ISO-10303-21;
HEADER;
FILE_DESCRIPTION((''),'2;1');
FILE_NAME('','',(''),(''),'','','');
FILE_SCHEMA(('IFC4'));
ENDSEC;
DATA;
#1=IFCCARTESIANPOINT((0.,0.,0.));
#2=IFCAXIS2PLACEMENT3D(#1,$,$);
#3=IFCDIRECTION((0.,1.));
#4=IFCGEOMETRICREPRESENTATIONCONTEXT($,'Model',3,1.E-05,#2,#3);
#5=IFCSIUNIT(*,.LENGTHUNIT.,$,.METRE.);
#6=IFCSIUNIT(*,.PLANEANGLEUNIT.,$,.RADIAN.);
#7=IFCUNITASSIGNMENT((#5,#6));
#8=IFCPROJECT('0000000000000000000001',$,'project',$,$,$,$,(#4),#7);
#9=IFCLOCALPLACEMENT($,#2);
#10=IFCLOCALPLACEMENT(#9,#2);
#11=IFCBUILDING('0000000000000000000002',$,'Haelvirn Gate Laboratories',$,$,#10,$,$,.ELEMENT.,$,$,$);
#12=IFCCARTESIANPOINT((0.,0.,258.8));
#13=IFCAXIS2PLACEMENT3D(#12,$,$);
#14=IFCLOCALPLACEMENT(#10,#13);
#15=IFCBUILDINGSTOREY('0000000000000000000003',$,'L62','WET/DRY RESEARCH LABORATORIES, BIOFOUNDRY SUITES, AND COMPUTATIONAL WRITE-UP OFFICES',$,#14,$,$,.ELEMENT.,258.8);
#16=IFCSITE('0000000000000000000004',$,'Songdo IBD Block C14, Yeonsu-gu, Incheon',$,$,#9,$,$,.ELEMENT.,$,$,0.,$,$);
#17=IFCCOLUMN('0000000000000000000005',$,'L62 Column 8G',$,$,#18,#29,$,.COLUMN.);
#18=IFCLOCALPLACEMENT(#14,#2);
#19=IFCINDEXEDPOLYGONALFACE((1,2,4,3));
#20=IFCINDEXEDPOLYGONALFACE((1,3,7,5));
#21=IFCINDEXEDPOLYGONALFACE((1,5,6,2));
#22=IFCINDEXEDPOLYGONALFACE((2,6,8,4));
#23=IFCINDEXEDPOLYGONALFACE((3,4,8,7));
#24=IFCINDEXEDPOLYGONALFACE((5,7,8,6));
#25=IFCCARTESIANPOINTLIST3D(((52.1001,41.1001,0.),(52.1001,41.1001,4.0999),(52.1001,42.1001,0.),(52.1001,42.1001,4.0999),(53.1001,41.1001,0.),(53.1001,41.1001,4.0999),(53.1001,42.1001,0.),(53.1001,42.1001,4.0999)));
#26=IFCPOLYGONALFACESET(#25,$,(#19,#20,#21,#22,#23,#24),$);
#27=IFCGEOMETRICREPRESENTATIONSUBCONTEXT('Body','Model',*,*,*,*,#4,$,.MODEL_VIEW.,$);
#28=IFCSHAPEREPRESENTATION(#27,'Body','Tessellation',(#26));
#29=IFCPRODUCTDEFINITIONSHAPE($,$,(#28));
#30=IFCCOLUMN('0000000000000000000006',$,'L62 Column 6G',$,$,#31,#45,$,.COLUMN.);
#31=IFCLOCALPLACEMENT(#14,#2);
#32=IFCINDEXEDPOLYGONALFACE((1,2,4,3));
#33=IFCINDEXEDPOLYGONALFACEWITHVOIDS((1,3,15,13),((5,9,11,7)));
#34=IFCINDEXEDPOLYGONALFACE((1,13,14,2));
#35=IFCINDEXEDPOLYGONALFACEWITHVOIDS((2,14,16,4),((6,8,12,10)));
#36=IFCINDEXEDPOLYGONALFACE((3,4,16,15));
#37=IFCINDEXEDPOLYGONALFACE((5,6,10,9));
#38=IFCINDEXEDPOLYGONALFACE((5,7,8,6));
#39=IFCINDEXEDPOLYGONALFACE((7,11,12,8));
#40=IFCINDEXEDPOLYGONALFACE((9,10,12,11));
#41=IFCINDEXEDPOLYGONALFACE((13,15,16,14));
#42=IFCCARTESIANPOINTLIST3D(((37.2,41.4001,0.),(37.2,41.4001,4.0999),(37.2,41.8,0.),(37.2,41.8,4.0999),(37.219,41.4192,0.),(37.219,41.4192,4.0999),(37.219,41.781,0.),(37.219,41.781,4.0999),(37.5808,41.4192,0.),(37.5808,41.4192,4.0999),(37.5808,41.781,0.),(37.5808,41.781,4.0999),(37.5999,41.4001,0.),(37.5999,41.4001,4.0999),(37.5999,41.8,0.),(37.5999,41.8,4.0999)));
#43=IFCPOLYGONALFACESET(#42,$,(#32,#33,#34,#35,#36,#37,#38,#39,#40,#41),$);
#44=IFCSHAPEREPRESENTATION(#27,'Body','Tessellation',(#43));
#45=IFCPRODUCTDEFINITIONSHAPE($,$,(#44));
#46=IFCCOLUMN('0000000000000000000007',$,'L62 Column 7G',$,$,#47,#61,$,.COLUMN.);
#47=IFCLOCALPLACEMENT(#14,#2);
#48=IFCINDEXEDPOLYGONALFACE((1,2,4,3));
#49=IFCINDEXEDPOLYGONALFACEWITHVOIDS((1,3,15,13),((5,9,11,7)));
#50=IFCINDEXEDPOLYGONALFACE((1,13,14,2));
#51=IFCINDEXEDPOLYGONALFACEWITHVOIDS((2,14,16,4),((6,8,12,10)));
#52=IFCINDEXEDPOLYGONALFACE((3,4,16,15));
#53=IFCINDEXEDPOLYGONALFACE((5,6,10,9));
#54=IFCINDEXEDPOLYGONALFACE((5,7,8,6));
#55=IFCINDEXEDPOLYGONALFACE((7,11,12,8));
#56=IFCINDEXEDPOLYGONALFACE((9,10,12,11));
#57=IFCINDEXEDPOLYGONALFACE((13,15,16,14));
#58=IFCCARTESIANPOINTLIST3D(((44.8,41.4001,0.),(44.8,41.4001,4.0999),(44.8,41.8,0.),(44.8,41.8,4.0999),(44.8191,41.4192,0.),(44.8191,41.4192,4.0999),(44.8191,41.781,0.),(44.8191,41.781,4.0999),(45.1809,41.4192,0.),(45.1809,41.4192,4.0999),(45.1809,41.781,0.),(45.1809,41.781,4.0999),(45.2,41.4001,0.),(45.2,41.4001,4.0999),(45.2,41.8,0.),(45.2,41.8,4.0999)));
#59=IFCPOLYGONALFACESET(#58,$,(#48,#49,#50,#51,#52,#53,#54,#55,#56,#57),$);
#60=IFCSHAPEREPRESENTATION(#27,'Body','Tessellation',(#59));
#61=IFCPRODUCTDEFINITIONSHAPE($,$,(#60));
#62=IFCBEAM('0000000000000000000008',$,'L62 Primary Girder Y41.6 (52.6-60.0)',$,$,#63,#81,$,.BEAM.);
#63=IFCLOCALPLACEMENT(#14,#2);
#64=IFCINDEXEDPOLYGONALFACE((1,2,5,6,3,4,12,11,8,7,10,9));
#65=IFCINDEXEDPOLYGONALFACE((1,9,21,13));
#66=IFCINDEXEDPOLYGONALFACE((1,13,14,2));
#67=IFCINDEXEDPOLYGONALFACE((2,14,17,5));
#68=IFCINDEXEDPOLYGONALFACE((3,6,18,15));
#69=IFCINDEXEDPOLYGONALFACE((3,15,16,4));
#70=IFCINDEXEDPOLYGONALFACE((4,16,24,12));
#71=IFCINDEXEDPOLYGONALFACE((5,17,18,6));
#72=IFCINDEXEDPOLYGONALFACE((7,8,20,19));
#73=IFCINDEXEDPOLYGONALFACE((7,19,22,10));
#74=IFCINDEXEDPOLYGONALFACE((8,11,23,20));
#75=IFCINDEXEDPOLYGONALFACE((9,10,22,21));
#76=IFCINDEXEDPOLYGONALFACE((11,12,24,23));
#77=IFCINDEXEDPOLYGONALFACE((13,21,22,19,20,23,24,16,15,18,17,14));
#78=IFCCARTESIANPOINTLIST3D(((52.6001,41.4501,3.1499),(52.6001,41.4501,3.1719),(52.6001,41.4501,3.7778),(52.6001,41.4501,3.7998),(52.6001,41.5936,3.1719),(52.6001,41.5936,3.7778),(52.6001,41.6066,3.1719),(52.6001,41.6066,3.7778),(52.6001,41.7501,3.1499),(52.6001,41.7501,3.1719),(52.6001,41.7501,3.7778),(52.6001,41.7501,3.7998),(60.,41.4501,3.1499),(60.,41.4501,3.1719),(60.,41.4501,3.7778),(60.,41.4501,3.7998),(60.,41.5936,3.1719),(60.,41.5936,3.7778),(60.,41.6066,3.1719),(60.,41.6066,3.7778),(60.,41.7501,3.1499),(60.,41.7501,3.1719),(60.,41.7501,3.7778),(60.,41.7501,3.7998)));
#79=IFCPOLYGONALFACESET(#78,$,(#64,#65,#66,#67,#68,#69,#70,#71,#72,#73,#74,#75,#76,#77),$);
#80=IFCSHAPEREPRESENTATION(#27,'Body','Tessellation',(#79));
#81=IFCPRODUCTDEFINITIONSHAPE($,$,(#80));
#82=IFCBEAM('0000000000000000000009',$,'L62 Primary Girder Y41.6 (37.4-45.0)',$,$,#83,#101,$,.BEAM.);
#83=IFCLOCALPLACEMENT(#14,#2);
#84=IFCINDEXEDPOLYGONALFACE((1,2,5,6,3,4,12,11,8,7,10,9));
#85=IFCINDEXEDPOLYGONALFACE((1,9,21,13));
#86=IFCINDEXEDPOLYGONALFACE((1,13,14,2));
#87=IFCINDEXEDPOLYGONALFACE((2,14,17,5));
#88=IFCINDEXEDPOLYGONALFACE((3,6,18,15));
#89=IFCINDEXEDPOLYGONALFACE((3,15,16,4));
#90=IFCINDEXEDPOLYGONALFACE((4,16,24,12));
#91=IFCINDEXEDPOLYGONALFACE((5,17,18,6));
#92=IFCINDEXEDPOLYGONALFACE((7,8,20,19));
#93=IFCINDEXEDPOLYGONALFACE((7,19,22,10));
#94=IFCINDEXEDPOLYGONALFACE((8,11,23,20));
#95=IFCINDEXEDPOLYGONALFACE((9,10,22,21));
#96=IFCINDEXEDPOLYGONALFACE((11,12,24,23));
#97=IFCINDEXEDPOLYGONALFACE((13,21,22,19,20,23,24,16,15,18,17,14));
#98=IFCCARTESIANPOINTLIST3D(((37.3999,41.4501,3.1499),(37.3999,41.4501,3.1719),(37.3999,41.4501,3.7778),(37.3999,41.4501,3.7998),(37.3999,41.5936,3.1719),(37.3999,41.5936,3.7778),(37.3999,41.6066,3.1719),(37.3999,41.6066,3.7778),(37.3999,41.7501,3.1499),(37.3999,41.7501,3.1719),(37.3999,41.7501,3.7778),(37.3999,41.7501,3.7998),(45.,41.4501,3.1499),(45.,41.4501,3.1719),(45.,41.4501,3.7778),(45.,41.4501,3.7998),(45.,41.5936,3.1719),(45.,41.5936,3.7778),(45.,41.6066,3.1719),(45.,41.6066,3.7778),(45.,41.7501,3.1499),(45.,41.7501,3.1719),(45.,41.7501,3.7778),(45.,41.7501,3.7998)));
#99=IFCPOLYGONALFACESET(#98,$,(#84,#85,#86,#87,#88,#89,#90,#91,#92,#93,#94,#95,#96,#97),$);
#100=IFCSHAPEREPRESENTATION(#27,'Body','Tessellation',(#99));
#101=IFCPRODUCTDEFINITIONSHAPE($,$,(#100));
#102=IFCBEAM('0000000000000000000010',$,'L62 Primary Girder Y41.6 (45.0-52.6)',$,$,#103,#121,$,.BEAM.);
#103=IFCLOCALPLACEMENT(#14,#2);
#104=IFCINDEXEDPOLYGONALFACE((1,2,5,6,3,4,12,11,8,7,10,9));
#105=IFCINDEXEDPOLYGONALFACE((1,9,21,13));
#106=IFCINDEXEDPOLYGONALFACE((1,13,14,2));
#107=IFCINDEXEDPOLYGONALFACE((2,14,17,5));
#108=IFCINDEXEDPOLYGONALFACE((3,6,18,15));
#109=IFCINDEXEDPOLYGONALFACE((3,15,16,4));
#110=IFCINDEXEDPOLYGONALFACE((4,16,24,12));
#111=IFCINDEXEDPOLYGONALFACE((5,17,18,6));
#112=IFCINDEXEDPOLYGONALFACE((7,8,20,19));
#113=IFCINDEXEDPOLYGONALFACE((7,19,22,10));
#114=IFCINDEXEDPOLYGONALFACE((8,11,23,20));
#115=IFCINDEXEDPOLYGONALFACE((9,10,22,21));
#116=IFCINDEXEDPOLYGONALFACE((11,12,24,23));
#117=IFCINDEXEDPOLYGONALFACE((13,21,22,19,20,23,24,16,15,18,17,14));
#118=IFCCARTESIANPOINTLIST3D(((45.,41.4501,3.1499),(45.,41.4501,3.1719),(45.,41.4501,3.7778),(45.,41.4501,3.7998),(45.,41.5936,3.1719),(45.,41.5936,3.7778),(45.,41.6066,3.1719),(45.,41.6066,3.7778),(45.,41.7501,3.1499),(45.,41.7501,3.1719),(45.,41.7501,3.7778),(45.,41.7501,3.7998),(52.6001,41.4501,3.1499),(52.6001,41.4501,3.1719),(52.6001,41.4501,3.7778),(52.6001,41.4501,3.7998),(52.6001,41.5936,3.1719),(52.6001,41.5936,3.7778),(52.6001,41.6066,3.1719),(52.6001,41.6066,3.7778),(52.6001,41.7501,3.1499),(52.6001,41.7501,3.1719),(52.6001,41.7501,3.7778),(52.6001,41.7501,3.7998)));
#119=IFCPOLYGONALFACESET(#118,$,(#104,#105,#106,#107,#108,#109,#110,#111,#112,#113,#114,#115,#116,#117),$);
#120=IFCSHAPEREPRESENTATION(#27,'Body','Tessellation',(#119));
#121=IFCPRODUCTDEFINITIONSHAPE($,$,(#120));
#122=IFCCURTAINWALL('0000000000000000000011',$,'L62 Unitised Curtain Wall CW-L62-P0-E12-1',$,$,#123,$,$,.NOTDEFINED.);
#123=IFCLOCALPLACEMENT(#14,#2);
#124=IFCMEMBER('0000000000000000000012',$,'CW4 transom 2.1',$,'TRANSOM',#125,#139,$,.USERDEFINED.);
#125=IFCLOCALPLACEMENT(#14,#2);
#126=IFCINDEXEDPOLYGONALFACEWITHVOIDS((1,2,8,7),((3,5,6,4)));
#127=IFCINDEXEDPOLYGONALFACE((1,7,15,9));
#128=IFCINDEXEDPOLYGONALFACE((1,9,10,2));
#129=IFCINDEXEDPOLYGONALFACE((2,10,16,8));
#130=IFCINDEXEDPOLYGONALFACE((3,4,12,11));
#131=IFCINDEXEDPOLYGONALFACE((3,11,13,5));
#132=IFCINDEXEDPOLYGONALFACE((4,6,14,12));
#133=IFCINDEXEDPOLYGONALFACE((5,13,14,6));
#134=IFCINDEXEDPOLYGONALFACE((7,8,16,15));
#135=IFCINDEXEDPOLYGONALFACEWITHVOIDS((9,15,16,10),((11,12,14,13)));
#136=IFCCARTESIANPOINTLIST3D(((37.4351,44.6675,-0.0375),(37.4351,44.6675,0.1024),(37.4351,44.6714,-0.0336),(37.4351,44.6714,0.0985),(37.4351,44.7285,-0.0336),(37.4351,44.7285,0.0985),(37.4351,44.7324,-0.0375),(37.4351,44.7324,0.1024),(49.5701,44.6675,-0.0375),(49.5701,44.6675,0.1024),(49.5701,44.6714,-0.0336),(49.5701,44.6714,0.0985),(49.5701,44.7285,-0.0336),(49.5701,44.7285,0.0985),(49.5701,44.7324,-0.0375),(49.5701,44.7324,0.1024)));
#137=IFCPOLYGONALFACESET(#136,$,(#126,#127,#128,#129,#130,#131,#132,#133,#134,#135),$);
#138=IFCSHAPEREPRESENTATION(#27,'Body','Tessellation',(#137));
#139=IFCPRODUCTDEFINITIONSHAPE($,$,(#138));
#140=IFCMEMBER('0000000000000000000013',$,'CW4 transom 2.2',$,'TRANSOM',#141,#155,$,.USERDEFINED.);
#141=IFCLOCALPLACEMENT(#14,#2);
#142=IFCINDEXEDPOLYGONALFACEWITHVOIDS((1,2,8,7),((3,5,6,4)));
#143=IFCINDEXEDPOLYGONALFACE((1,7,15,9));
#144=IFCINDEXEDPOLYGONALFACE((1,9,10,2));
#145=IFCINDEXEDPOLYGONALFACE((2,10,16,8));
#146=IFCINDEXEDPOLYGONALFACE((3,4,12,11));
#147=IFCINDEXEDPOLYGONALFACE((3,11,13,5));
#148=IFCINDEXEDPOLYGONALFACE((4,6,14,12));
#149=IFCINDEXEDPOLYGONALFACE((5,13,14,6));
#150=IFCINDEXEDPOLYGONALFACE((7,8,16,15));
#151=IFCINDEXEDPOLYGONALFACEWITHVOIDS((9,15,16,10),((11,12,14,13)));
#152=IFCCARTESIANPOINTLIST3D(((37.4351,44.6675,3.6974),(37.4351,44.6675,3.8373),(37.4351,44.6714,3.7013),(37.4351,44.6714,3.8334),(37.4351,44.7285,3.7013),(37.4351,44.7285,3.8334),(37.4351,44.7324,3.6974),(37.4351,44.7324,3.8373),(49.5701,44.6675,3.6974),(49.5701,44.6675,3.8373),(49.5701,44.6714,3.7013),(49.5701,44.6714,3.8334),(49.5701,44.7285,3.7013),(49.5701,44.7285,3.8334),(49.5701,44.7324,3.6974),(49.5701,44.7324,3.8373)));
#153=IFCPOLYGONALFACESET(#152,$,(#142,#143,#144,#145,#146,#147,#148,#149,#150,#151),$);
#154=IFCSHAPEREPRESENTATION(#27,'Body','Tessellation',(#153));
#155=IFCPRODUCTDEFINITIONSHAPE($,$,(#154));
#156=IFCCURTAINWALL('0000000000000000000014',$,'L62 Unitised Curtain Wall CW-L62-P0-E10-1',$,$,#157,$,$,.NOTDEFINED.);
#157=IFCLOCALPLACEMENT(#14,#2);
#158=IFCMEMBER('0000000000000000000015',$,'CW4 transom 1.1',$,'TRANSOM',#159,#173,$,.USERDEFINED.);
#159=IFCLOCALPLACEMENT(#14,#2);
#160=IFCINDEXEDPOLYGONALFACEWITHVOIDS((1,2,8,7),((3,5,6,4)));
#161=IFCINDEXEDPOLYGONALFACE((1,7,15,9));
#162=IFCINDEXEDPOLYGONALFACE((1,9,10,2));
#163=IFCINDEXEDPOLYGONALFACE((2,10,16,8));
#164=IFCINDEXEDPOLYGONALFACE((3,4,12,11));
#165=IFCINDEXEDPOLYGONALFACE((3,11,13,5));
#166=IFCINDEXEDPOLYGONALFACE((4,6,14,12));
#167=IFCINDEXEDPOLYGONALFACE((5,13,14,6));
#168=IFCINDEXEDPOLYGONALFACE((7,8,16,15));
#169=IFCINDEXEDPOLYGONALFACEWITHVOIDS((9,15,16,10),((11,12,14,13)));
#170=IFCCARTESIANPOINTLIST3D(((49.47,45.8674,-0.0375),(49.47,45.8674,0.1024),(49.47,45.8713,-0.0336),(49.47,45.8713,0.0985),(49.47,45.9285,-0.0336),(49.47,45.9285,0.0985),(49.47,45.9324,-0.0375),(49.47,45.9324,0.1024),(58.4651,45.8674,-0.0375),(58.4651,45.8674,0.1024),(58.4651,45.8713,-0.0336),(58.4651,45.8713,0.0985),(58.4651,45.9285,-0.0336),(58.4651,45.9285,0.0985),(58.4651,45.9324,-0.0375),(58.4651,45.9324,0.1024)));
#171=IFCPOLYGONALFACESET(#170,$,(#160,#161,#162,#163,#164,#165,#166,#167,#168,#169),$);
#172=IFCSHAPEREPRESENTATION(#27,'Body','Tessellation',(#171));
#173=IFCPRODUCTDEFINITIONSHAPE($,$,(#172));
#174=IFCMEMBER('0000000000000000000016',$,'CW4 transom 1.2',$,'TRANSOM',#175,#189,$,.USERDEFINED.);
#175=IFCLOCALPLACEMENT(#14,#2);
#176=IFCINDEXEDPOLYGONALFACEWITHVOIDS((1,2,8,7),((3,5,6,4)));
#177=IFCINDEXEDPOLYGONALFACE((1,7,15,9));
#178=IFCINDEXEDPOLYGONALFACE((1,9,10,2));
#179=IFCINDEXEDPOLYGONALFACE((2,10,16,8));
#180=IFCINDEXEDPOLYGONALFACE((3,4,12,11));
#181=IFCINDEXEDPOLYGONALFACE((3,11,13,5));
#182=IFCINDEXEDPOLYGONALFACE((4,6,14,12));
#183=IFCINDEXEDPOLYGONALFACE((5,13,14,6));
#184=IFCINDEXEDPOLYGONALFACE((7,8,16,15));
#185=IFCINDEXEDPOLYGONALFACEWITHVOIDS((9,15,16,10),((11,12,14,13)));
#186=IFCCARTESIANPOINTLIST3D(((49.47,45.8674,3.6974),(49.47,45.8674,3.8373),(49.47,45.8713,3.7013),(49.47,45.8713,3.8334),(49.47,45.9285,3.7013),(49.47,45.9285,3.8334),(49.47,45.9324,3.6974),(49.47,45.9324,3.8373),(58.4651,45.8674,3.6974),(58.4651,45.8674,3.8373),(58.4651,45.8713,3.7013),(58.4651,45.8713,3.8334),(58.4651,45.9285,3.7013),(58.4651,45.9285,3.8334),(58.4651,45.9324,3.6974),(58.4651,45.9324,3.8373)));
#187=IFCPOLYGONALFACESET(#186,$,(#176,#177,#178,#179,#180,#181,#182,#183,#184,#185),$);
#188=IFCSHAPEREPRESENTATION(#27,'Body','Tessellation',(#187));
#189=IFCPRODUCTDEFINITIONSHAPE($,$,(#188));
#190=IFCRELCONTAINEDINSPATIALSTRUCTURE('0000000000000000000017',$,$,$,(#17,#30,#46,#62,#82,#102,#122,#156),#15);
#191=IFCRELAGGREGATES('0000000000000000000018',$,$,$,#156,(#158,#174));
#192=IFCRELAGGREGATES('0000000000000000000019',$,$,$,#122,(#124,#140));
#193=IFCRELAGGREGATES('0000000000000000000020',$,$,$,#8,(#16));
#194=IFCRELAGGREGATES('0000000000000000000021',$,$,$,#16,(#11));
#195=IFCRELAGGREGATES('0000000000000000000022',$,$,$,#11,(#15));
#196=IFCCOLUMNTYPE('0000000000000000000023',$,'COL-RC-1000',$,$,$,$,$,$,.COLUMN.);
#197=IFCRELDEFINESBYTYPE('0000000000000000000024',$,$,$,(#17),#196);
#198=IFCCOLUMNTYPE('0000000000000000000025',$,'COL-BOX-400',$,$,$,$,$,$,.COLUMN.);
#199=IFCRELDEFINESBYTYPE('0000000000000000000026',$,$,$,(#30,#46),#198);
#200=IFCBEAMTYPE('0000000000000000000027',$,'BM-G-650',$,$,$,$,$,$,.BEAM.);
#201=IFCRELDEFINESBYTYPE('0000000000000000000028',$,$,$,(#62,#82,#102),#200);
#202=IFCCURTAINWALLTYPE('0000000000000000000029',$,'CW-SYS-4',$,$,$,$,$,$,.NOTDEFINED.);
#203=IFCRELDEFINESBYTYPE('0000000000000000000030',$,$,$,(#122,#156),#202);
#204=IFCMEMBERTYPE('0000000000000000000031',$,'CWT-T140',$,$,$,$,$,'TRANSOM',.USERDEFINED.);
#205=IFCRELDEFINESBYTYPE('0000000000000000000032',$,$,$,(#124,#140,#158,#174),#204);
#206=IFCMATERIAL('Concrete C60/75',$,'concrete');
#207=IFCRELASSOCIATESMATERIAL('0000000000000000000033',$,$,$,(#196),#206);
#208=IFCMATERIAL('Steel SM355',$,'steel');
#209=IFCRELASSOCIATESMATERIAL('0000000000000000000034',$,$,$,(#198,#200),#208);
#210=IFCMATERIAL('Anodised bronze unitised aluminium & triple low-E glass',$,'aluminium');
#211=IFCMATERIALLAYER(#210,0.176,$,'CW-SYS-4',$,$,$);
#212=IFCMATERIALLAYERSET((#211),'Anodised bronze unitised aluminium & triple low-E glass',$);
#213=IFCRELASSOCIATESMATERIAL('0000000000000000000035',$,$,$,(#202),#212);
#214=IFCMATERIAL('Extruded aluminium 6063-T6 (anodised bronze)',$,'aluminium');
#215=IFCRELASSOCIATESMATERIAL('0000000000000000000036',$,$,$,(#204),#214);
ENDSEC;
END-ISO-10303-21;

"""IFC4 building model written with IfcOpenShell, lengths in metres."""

from ifc_helpers import new_model, si_unit, direction, frame, origin, origin_2d, place, context, subcontext, project, spatial, rectangle, hollow_rectangle, i_section, extrude, source, transform, mapped, material, layer, layer_set, material_profile, profile_set, type_object, type_shapes, element, aggregate, save


model = new_model("IFC4")

# Units and contexts
model_context = context("Model", 3, precision=1e-05, world=origin(), true_north=direction((0.0, 1.0)))
body_context = subcontext(model_context, "Body", "Model", "MODEL_VIEW")
ifc_project = project(units=[si_unit("LENGTHUNIT", "METRE"), si_unit("PLANEANGLEUNIT", "RADIAN")], contexts=[model_context])

# Site, building, storey
site_placement = place(None, origin())
site = spatial("IfcSite", under=ifc_project, at=site_placement, Name="Songdo IBD Block C14, Yeonsu-gu, Incheon", CompositionType="ELEMENT", RefElevation=0.0)
building_placement = place(site_placement, origin())
building = spatial("IfcBuilding", under=site, at=building_placement, Name="Haelvirn Gate Laboratories", CompositionType="ELEMENT")
storey_placement = place(building_placement, frame((0.0, 0.0, 258.8)))
storey = spatial("IfcBuildingStorey", under=building, at=storey_placement, Name="L62", Description="WET/DRY RESEARCH LABORATORIES, BIOFOUNDRY SUITES, AND COMPUTATIONAL WRITE-UP OFFICES", CompositionType="ELEMENT", Elevation=258.8)

# Columns
ifc_material_1 = material(Name="Concrete C60/75", Category="concrete")
ifc_material_profile_1 = material_profile(ifc_material_1, rectangle(XDim=1.0, YDim=1.0, at=origin_2d()), Name="RC-1000x1000")
ifc_profile_set_1 = profile_set([ifc_material_profile_1], Name="Concrete C60/75")
column_type_1 = type_object("IfcColumnType", Name="COL-RC-1000", PredefinedType="COLUMN", material=ifc_profile_set_1)
shared_shape_1 = source(origin(), body_context, "Body", "SweptSolid", [
    extrude(rectangle(XDim=1.0, YDim=1.0, at=origin_2d()), origin(), (0.0, 0.0, 1.0), 4.0999),
])
type_shapes(column_type_1, [shared_shape_1])
column_placement = place(storey_placement, frame((52.6001, 41.6001, 0.0), z_axis=(0.0, 0.0, 1.0), x_axis=(1.0, 0.0, 0.0)))
element("IfcColumn", 1, at=column_placement, inside=storey, type_object=column_type_1, Name="L62 Column 8G", PredefinedType="COLUMN", context=body_context, shape_type="MappedRepresentation", body=[
    mapped(shared_shape_1, transform((0.0, 0.0, 0.0), scale=1.0)),
])
ifc_material_2 = material(Name="Steel SM355", Category="steel")
ifc_material_profile_2 = material_profile(ifc_material_2, hollow_rectangle(XDim=0.3999, YDim=0.3999, WallThickness=0.019, at=origin_2d()), Name="BOX-400x400x19")
ifc_profile_set_2 = profile_set([ifc_material_profile_2], Name="Steel SM355")
column_type_2 = type_object("IfcColumnType", Name="COL-BOX-400", PredefinedType="COLUMN", material=ifc_profile_set_2)
shared_shape_2 = source(origin(), body_context, "Body", "SweptSolid", [
    extrude(hollow_rectangle(XDim=0.3999, YDim=0.3999, WallThickness=0.019, at=origin_2d()), origin(), (0.0, 0.0, 1.0), 4.0999),
])
type_shapes(column_type_2, [shared_shape_2])
for number, where, z_axis, x_axis, name in (
    (2, (37.3999, 41.6001, 0.0), (0.0, 0.0, 1.0), (1.0, 0.0, 0.0), "L62 Column 6G"),
    (3, (45.0, 41.6001, 0.0), (0.0, 0.0, 1.0), (1.0, 0.0, 0.0), "L62 Column 7G"),
):
    element("IfcColumn", number, at=place(storey_placement, frame(where, z_axis=z_axis, x_axis=x_axis)), inside=storey, type_object=column_type_2, Name=name, PredefinedType="COLUMN", context=body_context, shape_type="MappedRepresentation", body=[
        mapped(shared_shape_2, transform((0.0, 0.0, 0.0), scale=1.0)),
    ])

# Beams
ifc_material_profile_3 = material_profile(ifc_material_2, i_section(OverallWidth=0.3, OverallDepth=0.6499, WebThickness=0.0129, FlangeThickness=0.022, at=origin_2d()), Name="H-650x300x13x22")
ifc_profile_set_3 = profile_set([ifc_material_profile_3], Name="Steel SM355")
beam_type = type_object("IfcBeamType", Name="BM-G-650", PredefinedType="BEAM", material=ifc_profile_set_3)
shared_shape_3 = source(origin(), body_context, "Body", "SweptSolid", [
    extrude(i_section(OverallWidth=0.3, OverallDepth=0.6499, WebThickness=0.0129, FlangeThickness=0.022, at=origin_2d()), origin(), (0.0, 0.0, 1.0), 7.3999),
])
beam_placement = place(storey_placement, frame((52.6001, 41.6001, 3.4749), z_axis=(1.0, 0.0, 0.0), x_axis=(0.0, 1.0, 0.0)))
element("IfcBeam", 4, at=beam_placement, inside=storey, type_object=beam_type, Name="L62 Primary Girder Y41.6 (52.6-60.0)", PredefinedType="BEAM", context=body_context, shape_type="MappedRepresentation", body=[
    mapped(shared_shape_3, transform((0.0, 0.0, 0.0), scale=1.0)),
])
shared_shape_4 = source(origin(), body_context, "Body", "SweptSolid", [
    extrude(i_section(OverallWidth=0.3, OverallDepth=0.6499, WebThickness=0.0129, FlangeThickness=0.022, at=origin_2d()), origin(), (0.0, 0.0, 1.0), 7.6001),
])
type_shapes(beam_type, [shared_shape_3, shared_shape_4])
for number, where, z_axis, x_axis, name in (
    (5, (37.3999, 41.6001, 3.4749), (1.0, 0.0, 0.0), (0.0, 1.0, 0.0), "L62 Primary Girder Y41.6 (37.4-45.0)"),
    (6, (45.0, 41.6001, 3.4749), (1.0, 0.0, 0.0), (0.0, 1.0, 0.0), "L62 Primary Girder Y41.6 (45.0-52.6)"),
):
    element("IfcBeam", number, at=place(storey_placement, frame(where, z_axis=z_axis, x_axis=x_axis)), inside=storey, type_object=beam_type, Name=name, PredefinedType="BEAM", context=body_context, shape_type="MappedRepresentation", body=[
        mapped(shared_shape_4, transform((0.0, 0.0, 0.0), scale=1.0)),
    ])

# Curtain walls, members
ifc_material_3 = material(Name="Anodised bronze unitised aluminium & triple low-E glass", Category="aluminium")
ifc_layer_1 = layer(ifc_material_3, 0.176, Name="CW-SYS-4")
ifc_layer_set_1 = layer_set([ifc_layer_1], Name="Anodised bronze unitised aluminium & triple low-E glass")
curtain_wall_type = type_object("IfcCurtainWallType", Name="CW-SYS-4", PredefinedType="NOTDEFINED", material=ifc_layer_set_1)
curtain_wall_1_placement = place(storey_placement, origin())
curtain_wall_1 = element("IfcCurtainWall", 7, at=curtain_wall_1_placement, inside=storey, type_object=curtain_wall_type, Name="L62 Unitised Curtain Wall CW-L62-P0-E12-1", PredefinedType="NOTDEFINED")
ifc_material_4 = material(Name="Extruded aluminium 6063-T6 (anodised bronze)", Category="aluminium")
ifc_material_profile_4 = material_profile(ifc_material_4, hollow_rectangle(XDim=0.0649, YDim=0.1399, WallThickness=0.0039, at=origin_2d()), Name="CWT-140x65x4")
ifc_profile_set_4 = profile_set([ifc_material_profile_4], Name="Extruded aluminium 6063-T6 (anodised bronze)")
member_type_1 = type_object("IfcMemberType", Name="CWT-T140", ElementType="TRANSOM", PredefinedType="USERDEFINED", material=ifc_profile_set_4)
shared_shape_5 = source(origin(), body_context, "Body", "SweptSolid", [
    extrude(hollow_rectangle(XDim=0.0649, YDim=0.1399, WallThickness=0.0039, at=origin_2d()), origin(), (0.0, 0.0, 1.0), 12.135),
])
member_1_placement = place(storey_placement, frame((37.4351, 44.7, 0.0325), z_axis=(1.0, 0.0, 0.0), x_axis=(0.0, 1.0, 0.0)))
member_1 = element("IfcMember", 8, at=member_1_placement, type_object=member_type_1, Name="CW4 transom 2.1", ObjectType="TRANSOM", PredefinedType="USERDEFINED", context=body_context, shape_type="MappedRepresentation", body=[
    mapped(shared_shape_5, transform((0.0, 0.0, 0.0), scale=1.0)),
])
member_2_placement = place(storey_placement, frame((37.4351, 44.7, 3.7673), z_axis=(1.0, 0.0, 0.0), x_axis=(0.0, 1.0, 0.0)))
member_2 = element("IfcMember", 9, at=member_2_placement, type_object=member_type_1, Name="CW4 transom 2.2", ObjectType="TRANSOM", PredefinedType="USERDEFINED", context=body_context, shape_type="MappedRepresentation", body=[
    mapped(shared_shape_5, transform((0.0, 0.0, 0.0), scale=1.0)),
])
curtain_wall_2_placement = place(storey_placement, origin())
curtain_wall_2 = element("IfcCurtainWall", 10, at=curtain_wall_2_placement, inside=storey, type_object=curtain_wall_type, Name="L62 Unitised Curtain Wall CW-L62-P0-E10-1", PredefinedType="NOTDEFINED")
shared_shape_6 = source(origin(), body_context, "Body", "SweptSolid", [
    extrude(hollow_rectangle(XDim=0.0649, YDim=0.1399, WallThickness=0.0039, at=origin_2d()), origin(), (0.0, 0.0, 1.0), 8.9951),
])
type_shapes(member_type_1, [shared_shape_5, shared_shape_6])
member_3_placement = place(storey_placement, frame((49.47, 45.8999, 0.0325), z_axis=(1.0, 0.0, 0.0), x_axis=(0.0, 1.0, 0.0)))
member_3 = element("IfcMember", 11, at=member_3_placement, type_object=member_type_1, Name="CW4 transom 1.1", ObjectType="TRANSOM", PredefinedType="USERDEFINED", context=body_context, shape_type="MappedRepresentation", body=[
    mapped(shared_shape_6, transform((0.0, 0.0, 0.0), scale=1.0)),
])
member_4_placement = place(storey_placement, frame((49.47, 45.8999, 3.7673), z_axis=(1.0, 0.0, 0.0), x_axis=(0.0, 1.0, 0.0)))
member_4 = element("IfcMember", 12, at=member_4_placement, type_object=member_type_1, Name="CW4 transom 1.2", ObjectType="TRANSOM", PredefinedType="USERDEFINED", context=body_context, shape_type="MappedRepresentation", body=[
    mapped(shared_shape_6, transform((0.0, 0.0, 0.0), scale=1.0)),
])

aggregate(curtain_wall_2, [member_3, member_4])
aggregate(curtain_wall_1, [member_1, member_2])

save(model, "model.ifc")
